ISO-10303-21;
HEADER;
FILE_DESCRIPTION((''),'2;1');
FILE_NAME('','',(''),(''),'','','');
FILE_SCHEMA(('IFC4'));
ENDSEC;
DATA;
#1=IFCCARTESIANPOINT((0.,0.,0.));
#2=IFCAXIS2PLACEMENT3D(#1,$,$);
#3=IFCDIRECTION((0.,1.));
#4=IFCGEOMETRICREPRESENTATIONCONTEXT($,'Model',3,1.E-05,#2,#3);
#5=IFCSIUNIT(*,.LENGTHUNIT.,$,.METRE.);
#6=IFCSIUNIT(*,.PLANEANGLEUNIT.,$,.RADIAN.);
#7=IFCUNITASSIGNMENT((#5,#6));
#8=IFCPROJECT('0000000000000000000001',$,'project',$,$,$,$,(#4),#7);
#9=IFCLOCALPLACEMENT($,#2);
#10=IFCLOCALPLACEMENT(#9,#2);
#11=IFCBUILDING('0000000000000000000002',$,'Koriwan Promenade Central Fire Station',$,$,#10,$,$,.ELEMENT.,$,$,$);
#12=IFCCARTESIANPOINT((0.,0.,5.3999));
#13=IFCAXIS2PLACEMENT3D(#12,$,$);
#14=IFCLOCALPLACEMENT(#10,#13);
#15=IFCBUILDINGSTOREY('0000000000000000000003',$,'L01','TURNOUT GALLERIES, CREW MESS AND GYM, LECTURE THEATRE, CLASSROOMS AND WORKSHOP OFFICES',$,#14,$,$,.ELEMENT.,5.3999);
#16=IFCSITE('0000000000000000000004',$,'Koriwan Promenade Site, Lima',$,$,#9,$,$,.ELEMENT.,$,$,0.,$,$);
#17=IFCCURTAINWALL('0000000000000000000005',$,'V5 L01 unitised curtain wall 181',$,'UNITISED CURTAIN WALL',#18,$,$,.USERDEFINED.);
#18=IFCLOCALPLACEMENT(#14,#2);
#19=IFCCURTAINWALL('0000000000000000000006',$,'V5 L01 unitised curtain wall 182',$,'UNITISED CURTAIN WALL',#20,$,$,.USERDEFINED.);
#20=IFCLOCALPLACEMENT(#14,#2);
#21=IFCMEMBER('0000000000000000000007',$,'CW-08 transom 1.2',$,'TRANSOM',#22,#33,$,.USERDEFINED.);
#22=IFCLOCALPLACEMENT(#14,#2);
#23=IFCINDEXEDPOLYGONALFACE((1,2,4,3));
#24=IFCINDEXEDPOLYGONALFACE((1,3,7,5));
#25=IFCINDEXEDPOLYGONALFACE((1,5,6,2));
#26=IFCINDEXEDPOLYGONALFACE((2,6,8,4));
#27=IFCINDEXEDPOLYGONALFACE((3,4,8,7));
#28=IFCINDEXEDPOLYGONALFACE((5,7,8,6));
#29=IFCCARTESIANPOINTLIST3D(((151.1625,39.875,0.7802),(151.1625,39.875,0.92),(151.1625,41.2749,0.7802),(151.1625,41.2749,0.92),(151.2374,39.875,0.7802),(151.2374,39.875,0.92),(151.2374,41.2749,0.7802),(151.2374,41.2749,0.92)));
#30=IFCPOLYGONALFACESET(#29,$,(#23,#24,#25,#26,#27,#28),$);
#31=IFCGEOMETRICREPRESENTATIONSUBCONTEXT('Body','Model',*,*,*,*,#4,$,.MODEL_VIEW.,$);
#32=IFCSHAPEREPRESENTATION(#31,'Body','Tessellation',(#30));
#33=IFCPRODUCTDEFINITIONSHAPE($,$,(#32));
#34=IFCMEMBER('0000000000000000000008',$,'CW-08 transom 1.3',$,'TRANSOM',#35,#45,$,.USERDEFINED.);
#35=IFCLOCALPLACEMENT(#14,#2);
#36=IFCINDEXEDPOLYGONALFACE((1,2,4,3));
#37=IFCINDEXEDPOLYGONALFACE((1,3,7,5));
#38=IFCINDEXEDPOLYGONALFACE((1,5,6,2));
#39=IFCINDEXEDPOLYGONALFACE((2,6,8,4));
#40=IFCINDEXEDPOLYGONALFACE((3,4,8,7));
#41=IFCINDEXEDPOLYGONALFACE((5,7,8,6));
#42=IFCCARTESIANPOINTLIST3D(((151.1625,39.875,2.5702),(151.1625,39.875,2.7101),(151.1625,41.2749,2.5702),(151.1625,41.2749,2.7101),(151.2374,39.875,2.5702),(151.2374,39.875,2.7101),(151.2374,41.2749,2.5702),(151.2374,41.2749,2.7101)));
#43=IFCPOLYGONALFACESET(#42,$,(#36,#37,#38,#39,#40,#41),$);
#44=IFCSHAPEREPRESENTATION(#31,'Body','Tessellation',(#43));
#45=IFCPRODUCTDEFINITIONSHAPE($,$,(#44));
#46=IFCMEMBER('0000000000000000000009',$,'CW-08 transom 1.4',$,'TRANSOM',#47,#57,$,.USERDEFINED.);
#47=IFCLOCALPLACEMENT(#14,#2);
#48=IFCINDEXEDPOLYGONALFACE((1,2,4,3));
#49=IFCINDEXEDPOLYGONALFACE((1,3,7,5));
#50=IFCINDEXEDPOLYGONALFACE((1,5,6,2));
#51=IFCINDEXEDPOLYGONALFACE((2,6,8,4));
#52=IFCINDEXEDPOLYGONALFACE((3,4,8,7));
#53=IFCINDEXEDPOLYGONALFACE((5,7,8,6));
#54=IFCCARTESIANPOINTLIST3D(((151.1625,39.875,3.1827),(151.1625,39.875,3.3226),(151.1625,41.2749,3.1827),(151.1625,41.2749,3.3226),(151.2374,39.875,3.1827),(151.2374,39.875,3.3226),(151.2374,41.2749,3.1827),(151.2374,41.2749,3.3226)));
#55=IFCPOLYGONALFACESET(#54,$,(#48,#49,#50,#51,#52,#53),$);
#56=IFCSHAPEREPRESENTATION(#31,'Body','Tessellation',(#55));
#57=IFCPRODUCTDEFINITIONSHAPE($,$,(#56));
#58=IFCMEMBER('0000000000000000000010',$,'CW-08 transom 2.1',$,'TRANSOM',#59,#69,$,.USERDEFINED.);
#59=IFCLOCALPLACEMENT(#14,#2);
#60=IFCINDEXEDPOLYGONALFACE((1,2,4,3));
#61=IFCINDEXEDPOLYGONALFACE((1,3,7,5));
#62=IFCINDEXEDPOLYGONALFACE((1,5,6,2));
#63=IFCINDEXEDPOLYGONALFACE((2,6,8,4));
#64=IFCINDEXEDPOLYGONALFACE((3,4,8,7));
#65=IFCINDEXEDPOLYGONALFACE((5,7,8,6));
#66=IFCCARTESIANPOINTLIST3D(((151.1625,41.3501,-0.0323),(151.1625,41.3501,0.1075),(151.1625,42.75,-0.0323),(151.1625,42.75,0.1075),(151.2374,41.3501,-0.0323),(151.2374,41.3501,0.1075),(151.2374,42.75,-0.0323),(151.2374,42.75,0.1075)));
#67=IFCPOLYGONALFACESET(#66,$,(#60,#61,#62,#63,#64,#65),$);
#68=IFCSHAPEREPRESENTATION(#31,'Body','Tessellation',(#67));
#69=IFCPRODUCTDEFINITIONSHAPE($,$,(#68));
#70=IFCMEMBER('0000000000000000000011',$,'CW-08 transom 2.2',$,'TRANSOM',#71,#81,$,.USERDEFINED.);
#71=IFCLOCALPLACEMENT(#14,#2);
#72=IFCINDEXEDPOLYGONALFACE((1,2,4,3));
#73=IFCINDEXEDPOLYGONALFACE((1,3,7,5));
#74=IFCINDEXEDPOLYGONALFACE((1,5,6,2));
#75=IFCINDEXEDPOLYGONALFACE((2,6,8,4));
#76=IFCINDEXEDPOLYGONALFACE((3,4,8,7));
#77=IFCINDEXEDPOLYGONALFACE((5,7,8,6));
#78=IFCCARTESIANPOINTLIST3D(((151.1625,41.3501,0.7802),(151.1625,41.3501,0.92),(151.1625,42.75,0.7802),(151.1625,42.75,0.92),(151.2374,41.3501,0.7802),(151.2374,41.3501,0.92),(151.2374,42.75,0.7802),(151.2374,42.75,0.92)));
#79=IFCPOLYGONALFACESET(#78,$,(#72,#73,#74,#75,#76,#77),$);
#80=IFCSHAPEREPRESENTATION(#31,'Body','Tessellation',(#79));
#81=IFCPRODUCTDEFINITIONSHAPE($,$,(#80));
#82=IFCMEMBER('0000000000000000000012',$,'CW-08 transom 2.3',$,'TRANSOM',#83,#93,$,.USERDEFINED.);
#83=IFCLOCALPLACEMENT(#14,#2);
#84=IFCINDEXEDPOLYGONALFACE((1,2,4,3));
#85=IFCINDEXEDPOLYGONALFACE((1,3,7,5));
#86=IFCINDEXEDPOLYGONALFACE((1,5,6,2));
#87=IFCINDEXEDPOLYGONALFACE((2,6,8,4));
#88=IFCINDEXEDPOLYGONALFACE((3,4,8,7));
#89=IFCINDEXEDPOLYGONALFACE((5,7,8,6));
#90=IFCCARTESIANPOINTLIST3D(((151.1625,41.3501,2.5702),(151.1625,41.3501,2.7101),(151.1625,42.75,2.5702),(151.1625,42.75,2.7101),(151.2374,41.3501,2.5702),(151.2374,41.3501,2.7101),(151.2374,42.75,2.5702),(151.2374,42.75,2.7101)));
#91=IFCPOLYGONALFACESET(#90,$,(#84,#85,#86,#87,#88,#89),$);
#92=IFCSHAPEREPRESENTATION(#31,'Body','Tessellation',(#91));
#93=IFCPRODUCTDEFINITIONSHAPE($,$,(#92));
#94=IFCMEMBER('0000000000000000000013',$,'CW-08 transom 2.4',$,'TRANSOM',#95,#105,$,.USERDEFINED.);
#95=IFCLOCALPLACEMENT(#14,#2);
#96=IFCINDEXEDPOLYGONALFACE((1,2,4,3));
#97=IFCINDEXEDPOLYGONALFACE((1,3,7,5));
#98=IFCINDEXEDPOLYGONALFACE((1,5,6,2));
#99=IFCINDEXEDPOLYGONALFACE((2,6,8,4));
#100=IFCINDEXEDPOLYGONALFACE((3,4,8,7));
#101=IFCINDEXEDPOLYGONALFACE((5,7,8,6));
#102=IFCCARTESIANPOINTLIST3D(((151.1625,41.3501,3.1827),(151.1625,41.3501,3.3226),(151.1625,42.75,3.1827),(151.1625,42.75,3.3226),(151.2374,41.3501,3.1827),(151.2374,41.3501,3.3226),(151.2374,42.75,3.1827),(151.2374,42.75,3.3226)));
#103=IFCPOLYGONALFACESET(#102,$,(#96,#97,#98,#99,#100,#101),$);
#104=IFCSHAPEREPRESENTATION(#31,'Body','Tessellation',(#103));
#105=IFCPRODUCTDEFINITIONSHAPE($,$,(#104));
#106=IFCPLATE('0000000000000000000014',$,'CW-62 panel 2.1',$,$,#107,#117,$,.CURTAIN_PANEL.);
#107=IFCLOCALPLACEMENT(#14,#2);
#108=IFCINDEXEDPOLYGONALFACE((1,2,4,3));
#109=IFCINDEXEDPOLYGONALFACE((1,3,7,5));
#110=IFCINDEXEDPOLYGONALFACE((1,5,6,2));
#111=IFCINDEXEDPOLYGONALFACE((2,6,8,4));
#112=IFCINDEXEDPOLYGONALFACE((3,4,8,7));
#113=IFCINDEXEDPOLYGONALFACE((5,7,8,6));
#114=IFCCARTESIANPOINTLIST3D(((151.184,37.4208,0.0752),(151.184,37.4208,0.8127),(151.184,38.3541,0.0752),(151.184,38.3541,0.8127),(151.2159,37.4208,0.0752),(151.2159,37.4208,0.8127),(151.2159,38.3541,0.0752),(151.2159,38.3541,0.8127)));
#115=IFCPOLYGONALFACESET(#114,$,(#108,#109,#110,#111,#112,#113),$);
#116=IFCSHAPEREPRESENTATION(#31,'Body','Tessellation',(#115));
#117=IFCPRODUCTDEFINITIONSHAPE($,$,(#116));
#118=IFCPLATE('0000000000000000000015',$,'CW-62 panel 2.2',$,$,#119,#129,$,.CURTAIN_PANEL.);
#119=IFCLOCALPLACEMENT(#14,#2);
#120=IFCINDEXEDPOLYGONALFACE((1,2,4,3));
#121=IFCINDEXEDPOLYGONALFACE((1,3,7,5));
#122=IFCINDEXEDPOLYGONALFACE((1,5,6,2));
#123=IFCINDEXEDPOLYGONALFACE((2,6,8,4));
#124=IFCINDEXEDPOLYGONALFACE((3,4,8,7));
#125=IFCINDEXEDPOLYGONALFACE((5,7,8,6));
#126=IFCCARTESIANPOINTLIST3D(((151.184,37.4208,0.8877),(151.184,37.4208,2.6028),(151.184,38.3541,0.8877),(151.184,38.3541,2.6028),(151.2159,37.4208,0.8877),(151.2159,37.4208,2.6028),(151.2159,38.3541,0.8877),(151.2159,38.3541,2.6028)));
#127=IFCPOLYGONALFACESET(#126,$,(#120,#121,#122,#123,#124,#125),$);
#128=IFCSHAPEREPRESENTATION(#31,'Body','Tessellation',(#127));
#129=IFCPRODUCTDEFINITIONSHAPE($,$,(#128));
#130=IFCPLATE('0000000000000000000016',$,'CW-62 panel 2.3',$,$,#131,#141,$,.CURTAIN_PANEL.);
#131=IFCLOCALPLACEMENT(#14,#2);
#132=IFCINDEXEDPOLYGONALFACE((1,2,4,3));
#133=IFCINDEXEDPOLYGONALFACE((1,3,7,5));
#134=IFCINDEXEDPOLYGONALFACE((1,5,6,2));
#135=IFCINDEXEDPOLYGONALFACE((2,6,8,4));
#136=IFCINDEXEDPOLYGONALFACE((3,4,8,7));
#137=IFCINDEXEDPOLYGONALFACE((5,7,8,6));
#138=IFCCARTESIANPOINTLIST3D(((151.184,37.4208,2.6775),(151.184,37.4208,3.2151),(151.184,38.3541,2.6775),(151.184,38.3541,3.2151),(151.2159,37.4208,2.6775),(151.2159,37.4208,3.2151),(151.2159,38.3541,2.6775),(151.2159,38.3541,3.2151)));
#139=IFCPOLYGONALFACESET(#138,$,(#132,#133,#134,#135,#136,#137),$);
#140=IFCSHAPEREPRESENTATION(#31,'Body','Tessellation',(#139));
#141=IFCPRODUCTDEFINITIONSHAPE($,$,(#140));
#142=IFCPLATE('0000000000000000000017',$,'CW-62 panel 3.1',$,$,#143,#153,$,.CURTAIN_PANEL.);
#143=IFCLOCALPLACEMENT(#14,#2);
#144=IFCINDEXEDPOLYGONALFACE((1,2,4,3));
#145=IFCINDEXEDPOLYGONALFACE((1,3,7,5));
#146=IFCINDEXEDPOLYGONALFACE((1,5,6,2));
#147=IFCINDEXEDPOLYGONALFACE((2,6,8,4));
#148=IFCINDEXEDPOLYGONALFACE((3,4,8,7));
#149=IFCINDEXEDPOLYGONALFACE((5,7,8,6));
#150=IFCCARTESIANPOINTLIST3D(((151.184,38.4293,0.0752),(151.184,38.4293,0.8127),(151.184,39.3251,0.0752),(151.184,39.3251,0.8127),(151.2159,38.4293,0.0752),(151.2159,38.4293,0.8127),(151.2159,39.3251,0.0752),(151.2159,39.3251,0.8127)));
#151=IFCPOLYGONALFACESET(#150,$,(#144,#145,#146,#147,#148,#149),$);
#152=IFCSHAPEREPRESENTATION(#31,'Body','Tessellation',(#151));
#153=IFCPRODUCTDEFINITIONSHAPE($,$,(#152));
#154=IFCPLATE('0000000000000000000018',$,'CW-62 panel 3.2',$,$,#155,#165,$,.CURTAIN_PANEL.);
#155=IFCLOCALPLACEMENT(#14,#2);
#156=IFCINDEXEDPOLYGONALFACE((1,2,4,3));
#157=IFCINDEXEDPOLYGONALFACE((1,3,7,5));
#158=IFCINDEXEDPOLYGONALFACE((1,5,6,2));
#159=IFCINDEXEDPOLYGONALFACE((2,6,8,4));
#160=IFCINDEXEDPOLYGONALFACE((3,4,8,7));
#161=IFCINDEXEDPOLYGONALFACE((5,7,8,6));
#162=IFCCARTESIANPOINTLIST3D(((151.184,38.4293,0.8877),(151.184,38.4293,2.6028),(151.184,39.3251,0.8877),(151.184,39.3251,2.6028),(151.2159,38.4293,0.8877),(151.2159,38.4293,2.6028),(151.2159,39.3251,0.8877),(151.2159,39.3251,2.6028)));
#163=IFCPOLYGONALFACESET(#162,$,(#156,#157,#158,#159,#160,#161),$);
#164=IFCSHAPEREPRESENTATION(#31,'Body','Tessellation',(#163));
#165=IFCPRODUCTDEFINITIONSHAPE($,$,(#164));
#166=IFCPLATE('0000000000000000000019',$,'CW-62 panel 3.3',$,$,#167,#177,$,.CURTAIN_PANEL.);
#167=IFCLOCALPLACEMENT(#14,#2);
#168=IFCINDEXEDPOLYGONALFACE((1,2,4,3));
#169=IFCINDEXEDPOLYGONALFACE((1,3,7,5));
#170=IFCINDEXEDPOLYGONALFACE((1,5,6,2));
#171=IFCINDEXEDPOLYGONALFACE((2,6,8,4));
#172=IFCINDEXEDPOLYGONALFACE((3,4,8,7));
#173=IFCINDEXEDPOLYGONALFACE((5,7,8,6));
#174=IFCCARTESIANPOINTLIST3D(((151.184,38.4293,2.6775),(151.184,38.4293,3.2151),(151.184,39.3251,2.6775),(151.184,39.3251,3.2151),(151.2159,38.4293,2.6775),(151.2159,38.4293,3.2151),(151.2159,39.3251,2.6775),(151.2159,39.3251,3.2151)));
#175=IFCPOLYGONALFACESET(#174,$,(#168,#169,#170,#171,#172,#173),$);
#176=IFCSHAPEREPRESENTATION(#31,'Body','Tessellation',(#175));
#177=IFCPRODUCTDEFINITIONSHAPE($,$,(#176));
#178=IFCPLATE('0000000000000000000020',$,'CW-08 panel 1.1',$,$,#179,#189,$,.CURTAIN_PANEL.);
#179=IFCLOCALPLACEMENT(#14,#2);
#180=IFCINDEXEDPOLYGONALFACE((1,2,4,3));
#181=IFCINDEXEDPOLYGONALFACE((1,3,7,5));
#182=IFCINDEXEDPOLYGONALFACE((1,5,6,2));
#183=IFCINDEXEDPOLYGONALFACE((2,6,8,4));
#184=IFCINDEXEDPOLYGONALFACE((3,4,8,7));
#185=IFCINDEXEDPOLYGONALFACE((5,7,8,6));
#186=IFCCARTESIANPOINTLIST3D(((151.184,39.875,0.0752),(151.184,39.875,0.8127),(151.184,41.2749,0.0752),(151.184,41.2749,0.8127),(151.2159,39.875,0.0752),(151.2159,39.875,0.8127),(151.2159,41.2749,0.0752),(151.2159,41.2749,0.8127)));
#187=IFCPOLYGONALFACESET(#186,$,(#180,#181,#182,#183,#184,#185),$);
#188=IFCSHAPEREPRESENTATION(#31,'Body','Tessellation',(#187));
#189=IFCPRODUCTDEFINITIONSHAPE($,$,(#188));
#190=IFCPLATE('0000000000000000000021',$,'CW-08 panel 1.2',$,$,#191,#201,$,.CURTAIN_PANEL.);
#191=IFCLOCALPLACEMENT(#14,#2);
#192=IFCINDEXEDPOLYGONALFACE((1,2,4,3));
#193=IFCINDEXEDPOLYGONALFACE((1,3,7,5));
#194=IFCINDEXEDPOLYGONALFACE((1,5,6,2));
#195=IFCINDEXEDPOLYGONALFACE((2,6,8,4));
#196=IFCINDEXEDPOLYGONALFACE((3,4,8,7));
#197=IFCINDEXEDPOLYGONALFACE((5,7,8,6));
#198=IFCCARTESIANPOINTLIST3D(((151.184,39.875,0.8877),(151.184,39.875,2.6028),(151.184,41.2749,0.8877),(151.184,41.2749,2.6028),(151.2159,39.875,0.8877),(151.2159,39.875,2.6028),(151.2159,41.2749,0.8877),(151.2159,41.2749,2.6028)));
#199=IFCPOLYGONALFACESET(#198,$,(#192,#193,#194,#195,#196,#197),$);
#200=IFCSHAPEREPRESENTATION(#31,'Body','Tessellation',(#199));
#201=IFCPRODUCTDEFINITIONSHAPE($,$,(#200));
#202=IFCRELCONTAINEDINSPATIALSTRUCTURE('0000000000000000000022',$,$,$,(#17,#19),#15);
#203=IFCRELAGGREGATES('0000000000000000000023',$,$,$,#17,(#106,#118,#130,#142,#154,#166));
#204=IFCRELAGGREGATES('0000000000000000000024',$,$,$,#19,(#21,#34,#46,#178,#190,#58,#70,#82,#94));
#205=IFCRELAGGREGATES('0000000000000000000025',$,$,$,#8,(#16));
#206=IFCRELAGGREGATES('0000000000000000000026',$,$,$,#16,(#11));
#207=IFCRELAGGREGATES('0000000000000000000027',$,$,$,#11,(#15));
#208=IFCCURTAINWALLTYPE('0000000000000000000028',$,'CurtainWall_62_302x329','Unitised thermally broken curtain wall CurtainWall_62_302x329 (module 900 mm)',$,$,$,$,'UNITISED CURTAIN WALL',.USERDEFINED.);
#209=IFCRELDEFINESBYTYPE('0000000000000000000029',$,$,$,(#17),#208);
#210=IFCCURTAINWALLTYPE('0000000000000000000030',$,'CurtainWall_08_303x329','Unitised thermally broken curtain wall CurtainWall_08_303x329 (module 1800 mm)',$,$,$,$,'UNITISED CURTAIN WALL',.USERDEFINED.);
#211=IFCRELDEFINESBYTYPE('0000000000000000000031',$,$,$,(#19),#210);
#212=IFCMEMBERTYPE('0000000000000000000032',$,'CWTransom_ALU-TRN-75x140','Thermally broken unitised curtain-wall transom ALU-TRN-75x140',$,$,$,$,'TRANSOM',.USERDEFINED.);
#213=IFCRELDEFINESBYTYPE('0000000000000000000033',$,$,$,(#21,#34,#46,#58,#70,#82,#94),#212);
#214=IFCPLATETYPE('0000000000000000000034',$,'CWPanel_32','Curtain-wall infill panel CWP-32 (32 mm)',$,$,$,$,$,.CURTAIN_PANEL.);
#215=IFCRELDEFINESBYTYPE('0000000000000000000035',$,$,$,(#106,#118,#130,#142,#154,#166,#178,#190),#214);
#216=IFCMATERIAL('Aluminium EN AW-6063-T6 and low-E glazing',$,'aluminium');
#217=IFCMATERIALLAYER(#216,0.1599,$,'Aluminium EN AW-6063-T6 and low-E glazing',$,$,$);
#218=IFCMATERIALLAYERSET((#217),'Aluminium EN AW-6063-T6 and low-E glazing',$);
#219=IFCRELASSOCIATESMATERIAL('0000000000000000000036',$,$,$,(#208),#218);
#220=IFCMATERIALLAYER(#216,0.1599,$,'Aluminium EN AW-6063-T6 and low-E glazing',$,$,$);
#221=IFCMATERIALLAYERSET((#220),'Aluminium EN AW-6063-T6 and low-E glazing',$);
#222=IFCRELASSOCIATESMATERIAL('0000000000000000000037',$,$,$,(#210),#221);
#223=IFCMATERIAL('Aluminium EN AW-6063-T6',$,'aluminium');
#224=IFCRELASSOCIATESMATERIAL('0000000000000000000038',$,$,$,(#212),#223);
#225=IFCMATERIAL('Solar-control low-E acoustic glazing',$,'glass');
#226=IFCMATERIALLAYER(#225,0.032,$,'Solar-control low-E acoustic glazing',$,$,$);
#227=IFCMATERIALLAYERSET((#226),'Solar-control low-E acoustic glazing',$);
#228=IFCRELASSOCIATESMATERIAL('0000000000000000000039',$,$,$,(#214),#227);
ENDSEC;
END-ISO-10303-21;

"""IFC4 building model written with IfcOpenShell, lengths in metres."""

from ifc_helpers import new_model, si_unit, direction, frame, origin, origin_2d, place, context, subcontext, project, spatial, rectangle, extrude, material, layer, layer_set, material_profile, profile_set, type_object, element, aggregate, save


model = new_model("IFC4")

# Units and contexts
model_context = context("Model", 3, precision=1e-05, world=origin(), true_north=direction((0.0, 1.0)))
body_context = subcontext(model_context, "Body", "Model", "MODEL_VIEW")
ifc_project = project(units=[si_unit("LENGTHUNIT", "METRE"), si_unit("PLANEANGLEUNIT", "RADIAN")], contexts=[model_context])

# Site, building, storey
site_placement = place(None, origin())
site = spatial("IfcSite", under=ifc_project, at=site_placement, Name="Koriwan Promenade Site, Lima", CompositionType="ELEMENT", RefElevation=0.0)
building_placement = place(site_placement, origin())
building = spatial("IfcBuilding", under=site, at=building_placement, Name="Koriwan Promenade Central Fire Station", CompositionType="ELEMENT")
storey_placement = place(building_placement, frame((0.0, 0.0, 5.3999)))
storey = spatial("IfcBuildingStorey", under=building, at=storey_placement, Name="L01", Description="TURNOUT GALLERIES, CREW MESS AND GYM, LECTURE THEATRE, CLASSROOMS AND WORKSHOP OFFICES", CompositionType="ELEMENT", Elevation=5.3999)

# Curtain walls
ifc_material_1 = material(Name="Aluminium EN AW-6063-T6 and low-E glazing", Category="aluminium")
ifc_layer_1 = layer(ifc_material_1, 0.1599, Name="Aluminium EN AW-6063-T6 and low-E glazing")
ifc_layer_set_1 = layer_set([ifc_layer_1], Name="Aluminium EN AW-6063-T6 and low-E glazing")
curtain_wall_type_1 = type_object("IfcCurtainWallType", Name="CurtainWall_62_302x329", Description="Unitised thermally broken curtain wall CurtainWall_62_302x329 (module 900 mm)", ElementType="UNITISED CURTAIN WALL", PredefinedType="USERDEFINED", material=ifc_layer_set_1)
curtain_wall_1_placement = place(storey_placement, origin())
curtain_wall_1 = element("IfcCurtainWall", 1, at=curtain_wall_1_placement, inside=storey, type_object=curtain_wall_type_1, Name="V5 L01 unitised curtain wall 181", ObjectType="UNITISED CURTAIN WALL", PredefinedType="USERDEFINED")
ifc_material_2 = material(Name="Aluminium EN AW-6063-T6", Category="aluminium")
ifc_layer_2 = layer(ifc_material_1, 0.1599, Name="Aluminium EN AW-6063-T6 and low-E glazing")
ifc_layer_set_2 = layer_set([ifc_layer_2], Name="Aluminium EN AW-6063-T6 and low-E glazing")
curtain_wall_type_2 = type_object("IfcCurtainWallType", Name="CurtainWall_08_303x329", Description="Unitised thermally broken curtain wall CurtainWall_08_303x329 (module 1800 mm)", ElementType="UNITISED CURTAIN WALL", PredefinedType="USERDEFINED", material=ifc_layer_set_2)
curtain_wall_2_placement = place(storey_placement, origin())
curtain_wall_2 = element("IfcCurtainWall", 2, at=curtain_wall_2_placement, inside=storey, type_object=curtain_wall_type_2, Name="V5 L01 unitised curtain wall 182", ObjectType="UNITISED CURTAIN WALL", PredefinedType="USERDEFINED")

# Members
ifc_material_profile_1 = material_profile(ifc_material_2, rectangle(XDim=0.075, YDim=0.1399, at=origin_2d()), Name="ALU-TRN-75x140")
ifc_profile_set_1 = profile_set([ifc_material_profile_1], Name="Aluminium EN AW-6063-T6")
member_type_1 = type_object("IfcMemberType", Name="CWTransom_ALU-TRN-75x140", Description="Thermally broken unitised curtain-wall transom ALU-TRN-75x140", ElementType="TRANSOM", PredefinedType="USERDEFINED", material=ifc_profile_set_1)
member_1_placement = place(storey_placement, frame((151.2, 39.875, 0.8501), z_axis=(0.0, 1.0, 0.0), x_axis=(-1.0, 0.0, 0.0)))
member_1 = element("IfcMember", 3, at=member_1_placement, type_object=member_type_1, Name="CW-08 transom 1.2", ObjectType="TRANSOM", PredefinedType="USERDEFINED", context=body_context, shape_type="SweptSolid", body=[
    extrude(rectangle(XDim=0.075, YDim=0.1399, at=origin_2d()), origin(), (0.0, 0.0, 1.0), 1.3999),
])
member_2_placement = place(storey_placement, frame((151.2, 39.875, 2.6401), z_axis=(0.0, 1.0, 0.0), x_axis=(-1.0, 0.0, 0.0)))
member_2 = element("IfcMember", 4, at=member_2_placement, type_object=member_type_1, Name="CW-08 transom 1.3", ObjectType="TRANSOM", PredefinedType="USERDEFINED", context=body_context, shape_type="SweptSolid", body=[
    extrude(rectangle(XDim=0.075, YDim=0.1399, at=origin_2d()), origin(), (0.0, 0.0, 1.0), 1.3999),
])
member_3_placement = place(storey_placement, frame((151.2, 39.875, 3.2527), z_axis=(0.0, 1.0, 0.0), x_axis=(-1.0, 0.0, 0.0)))
member_3 = element("IfcMember", 5, at=member_3_placement, type_object=member_type_1, Name="CW-08 transom 1.4", ObjectType="TRANSOM", PredefinedType="USERDEFINED", context=body_context, shape_type="SweptSolid", body=[
    extrude(rectangle(XDim=0.075, YDim=0.1399, at=origin_2d()), origin(), (0.0, 0.0, 1.0), 1.3999),
])
member_4_placement = place(storey_placement, frame((151.2, 41.3501, 0.0376), z_axis=(0.0, 1.0, 0.0), x_axis=(-1.0, 0.0, 0.0)))
member_4 = element("IfcMember", 6, at=member_4_placement, type_object=member_type_1, Name="CW-08 transom 2.1", ObjectType="TRANSOM", PredefinedType="USERDEFINED", context=body_context, shape_type="SweptSolid", body=[
    extrude(rectangle(XDim=0.075, YDim=0.1399, at=origin_2d()), origin(), (0.0, 0.0, 1.0), 1.3999),
])
member_5_placement = place(storey_placement, frame((151.2, 41.3501, 0.8501), z_axis=(0.0, 1.0, 0.0), x_axis=(-1.0, 0.0, 0.0)))
member_5 = element("IfcMember", 7, at=member_5_placement, type_object=member_type_1, Name="CW-08 transom 2.2", ObjectType="TRANSOM", PredefinedType="USERDEFINED", context=body_context, shape_type="SweptSolid", body=[
    extrude(rectangle(XDim=0.075, YDim=0.1399, at=origin_2d()), origin(), (0.0, 0.0, 1.0), 1.3999),
])
member_6_placement = place(storey_placement, frame((151.2, 41.3501, 2.6401), z_axis=(0.0, 1.0, 0.0), x_axis=(-1.0, 0.0, 0.0)))
member_6 = element("IfcMember", 8, at=member_6_placement, type_object=member_type_1, Name="CW-08 transom 2.3", ObjectType="TRANSOM", PredefinedType="USERDEFINED", context=body_context, shape_type="SweptSolid", body=[
    extrude(rectangle(XDim=0.075, YDim=0.1399, at=origin_2d()), origin(), (0.0, 0.0, 1.0), 1.3999),
])
member_7_placement = place(storey_placement, frame((151.2, 41.3501, 3.2527), z_axis=(0.0, 1.0, 0.0), x_axis=(-1.0, 0.0, 0.0)))
member_7 = element("IfcMember", 9, at=member_7_placement, type_object=member_type_1, Name="CW-08 transom 2.4", ObjectType="TRANSOM", PredefinedType="USERDEFINED", context=body_context, shape_type="SweptSolid", body=[
    extrude(rectangle(XDim=0.075, YDim=0.1399, at=origin_2d()), origin(), (0.0, 0.0, 1.0), 1.3999),
])

# Plates
ifc_material_3 = material(Name="Solar-control low-E acoustic glazing", Category="glass")
ifc_layer_3 = layer(ifc_material_3, 0.032, Name="Solar-control low-E acoustic glazing")
ifc_layer_set_3 = layer_set([ifc_layer_3], Name="Solar-control low-E acoustic glazing")
plate_type = type_object("IfcPlateType", Name="CWPanel_32", Description="Curtain-wall infill panel CWP-32 (32 mm)", PredefinedType="CURTAIN_PANEL", material=ifc_layer_set_3)
plate_1_placement = place(storey_placement, frame((151.2, 37.8875, 0.0752), z_axis=(0.0, 0.0, 1.0), x_axis=(0.0, 1.0, 0.0)))
plate_1 = element("IfcPlate", 10, at=plate_1_placement, type_object=plate_type, Name="CW-62 panel 2.1", PredefinedType="CURTAIN_PANEL", context=body_context, shape_type="SweptSolid", body=[
    extrude(rectangle(XDim=0.9333, YDim=0.032, at=origin_2d()), origin(), (0.0, 0.0, 1.0), 0.7375),
])
plate_2_placement = place(storey_placement, frame((151.2, 37.8875, 0.8877), z_axis=(0.0, 0.0, 1.0), x_axis=(0.0, 1.0, 0.0)))
plate_2 = element("IfcPlate", 11, at=plate_2_placement, type_object=plate_type, Name="CW-62 panel 2.2", PredefinedType="CURTAIN_PANEL", context=body_context, shape_type="SweptSolid", body=[
    extrude(rectangle(XDim=0.9333, YDim=0.032, at=origin_2d()), origin(), (0.0, 0.0, 1.0), 1.7151),
])
plate_3_placement = place(storey_placement, frame((151.2, 37.8875, 2.6775), z_axis=(0.0, 0.0, 1.0), x_axis=(0.0, 1.0, 0.0)))
plate_3 = element("IfcPlate", 12, at=plate_3_placement, type_object=plate_type, Name="CW-62 panel 2.3", PredefinedType="CURTAIN_PANEL", context=body_context, shape_type="SweptSolid", body=[
    extrude(rectangle(XDim=0.9333, YDim=0.032, at=origin_2d()), origin(), (0.0, 0.0, 1.0), 0.5376),
])
plate_4_placement = place(storey_placement, frame((151.2, 38.8772, 0.0752), z_axis=(0.0, 0.0, 1.0), x_axis=(0.0, 1.0, 0.0)))
plate_4 = element("IfcPlate", 13, at=plate_4_placement, type_object=plate_type, Name="CW-62 panel 3.1", PredefinedType="CURTAIN_PANEL", context=body_context, shape_type="SweptSolid", body=[
    extrude(rectangle(XDim=0.8958, YDim=0.032, at=origin_2d()), origin(), (0.0, 0.0, 1.0), 0.7375),
])
plate_5_placement = place(storey_placement, frame((151.2, 38.8772, 0.8877), z_axis=(0.0, 0.0, 1.0), x_axis=(0.0, 1.0, 0.0)))
plate_5 = element("IfcPlate", 14, at=plate_5_placement, type_object=plate_type, Name="CW-62 panel 3.2", PredefinedType="CURTAIN_PANEL", context=body_context, shape_type="SweptSolid", body=[
    extrude(rectangle(XDim=0.8958, YDim=0.032, at=origin_2d()), origin(), (0.0, 0.0, 1.0), 1.7151),
])
plate_6_placement = place(storey_placement, frame((151.2, 38.8772, 2.6775), z_axis=(0.0, 0.0, 1.0), x_axis=(0.0, 1.0, 0.0)))
plate_6 = element("IfcPlate", 15, at=plate_6_placement, type_object=plate_type, Name="CW-62 panel 3.3", PredefinedType="CURTAIN_PANEL", context=body_context, shape_type="SweptSolid", body=[
    extrude(rectangle(XDim=0.8958, YDim=0.032, at=origin_2d()), origin(), (0.0, 0.0, 1.0), 0.5376),
])
aggregate(curtain_wall_1, [plate_1, plate_2, plate_3, plate_4, plate_5, plate_6])
plate_7_placement = place(storey_placement, frame((151.2, 40.575, 0.0752), z_axis=(0.0, 0.0, 1.0), x_axis=(0.0, 1.0, 0.0)))
plate_7 = element("IfcPlate", 16, at=plate_7_placement, type_object=plate_type, Name="CW-08 panel 1.1", PredefinedType="CURTAIN_PANEL", context=body_context, shape_type="SweptSolid", body=[
    extrude(rectangle(XDim=1.3999, YDim=0.032, at=origin_2d()), origin(), (0.0, 0.0, 1.0), 0.7375),
])
plate_8_placement = place(storey_placement, frame((151.2, 40.575, 0.8877), z_axis=(0.0, 0.0, 1.0), x_axis=(0.0, 1.0, 0.0)))
plate_8 = element("IfcPlate", 17, at=plate_8_placement, type_object=plate_type, Name="CW-08 panel 1.2", PredefinedType="CURTAIN_PANEL", context=body_context, shape_type="SweptSolid", body=[
    extrude(rectangle(XDim=1.3999, YDim=0.032, at=origin_2d()), origin(), (0.0, 0.0, 1.0), 1.7151),
])
aggregate(curtain_wall_2, [member_1, member_2, member_3, plate_7, plate_8, member_4, member_5, member_6, member_7])

save(model, "model.ifc")
